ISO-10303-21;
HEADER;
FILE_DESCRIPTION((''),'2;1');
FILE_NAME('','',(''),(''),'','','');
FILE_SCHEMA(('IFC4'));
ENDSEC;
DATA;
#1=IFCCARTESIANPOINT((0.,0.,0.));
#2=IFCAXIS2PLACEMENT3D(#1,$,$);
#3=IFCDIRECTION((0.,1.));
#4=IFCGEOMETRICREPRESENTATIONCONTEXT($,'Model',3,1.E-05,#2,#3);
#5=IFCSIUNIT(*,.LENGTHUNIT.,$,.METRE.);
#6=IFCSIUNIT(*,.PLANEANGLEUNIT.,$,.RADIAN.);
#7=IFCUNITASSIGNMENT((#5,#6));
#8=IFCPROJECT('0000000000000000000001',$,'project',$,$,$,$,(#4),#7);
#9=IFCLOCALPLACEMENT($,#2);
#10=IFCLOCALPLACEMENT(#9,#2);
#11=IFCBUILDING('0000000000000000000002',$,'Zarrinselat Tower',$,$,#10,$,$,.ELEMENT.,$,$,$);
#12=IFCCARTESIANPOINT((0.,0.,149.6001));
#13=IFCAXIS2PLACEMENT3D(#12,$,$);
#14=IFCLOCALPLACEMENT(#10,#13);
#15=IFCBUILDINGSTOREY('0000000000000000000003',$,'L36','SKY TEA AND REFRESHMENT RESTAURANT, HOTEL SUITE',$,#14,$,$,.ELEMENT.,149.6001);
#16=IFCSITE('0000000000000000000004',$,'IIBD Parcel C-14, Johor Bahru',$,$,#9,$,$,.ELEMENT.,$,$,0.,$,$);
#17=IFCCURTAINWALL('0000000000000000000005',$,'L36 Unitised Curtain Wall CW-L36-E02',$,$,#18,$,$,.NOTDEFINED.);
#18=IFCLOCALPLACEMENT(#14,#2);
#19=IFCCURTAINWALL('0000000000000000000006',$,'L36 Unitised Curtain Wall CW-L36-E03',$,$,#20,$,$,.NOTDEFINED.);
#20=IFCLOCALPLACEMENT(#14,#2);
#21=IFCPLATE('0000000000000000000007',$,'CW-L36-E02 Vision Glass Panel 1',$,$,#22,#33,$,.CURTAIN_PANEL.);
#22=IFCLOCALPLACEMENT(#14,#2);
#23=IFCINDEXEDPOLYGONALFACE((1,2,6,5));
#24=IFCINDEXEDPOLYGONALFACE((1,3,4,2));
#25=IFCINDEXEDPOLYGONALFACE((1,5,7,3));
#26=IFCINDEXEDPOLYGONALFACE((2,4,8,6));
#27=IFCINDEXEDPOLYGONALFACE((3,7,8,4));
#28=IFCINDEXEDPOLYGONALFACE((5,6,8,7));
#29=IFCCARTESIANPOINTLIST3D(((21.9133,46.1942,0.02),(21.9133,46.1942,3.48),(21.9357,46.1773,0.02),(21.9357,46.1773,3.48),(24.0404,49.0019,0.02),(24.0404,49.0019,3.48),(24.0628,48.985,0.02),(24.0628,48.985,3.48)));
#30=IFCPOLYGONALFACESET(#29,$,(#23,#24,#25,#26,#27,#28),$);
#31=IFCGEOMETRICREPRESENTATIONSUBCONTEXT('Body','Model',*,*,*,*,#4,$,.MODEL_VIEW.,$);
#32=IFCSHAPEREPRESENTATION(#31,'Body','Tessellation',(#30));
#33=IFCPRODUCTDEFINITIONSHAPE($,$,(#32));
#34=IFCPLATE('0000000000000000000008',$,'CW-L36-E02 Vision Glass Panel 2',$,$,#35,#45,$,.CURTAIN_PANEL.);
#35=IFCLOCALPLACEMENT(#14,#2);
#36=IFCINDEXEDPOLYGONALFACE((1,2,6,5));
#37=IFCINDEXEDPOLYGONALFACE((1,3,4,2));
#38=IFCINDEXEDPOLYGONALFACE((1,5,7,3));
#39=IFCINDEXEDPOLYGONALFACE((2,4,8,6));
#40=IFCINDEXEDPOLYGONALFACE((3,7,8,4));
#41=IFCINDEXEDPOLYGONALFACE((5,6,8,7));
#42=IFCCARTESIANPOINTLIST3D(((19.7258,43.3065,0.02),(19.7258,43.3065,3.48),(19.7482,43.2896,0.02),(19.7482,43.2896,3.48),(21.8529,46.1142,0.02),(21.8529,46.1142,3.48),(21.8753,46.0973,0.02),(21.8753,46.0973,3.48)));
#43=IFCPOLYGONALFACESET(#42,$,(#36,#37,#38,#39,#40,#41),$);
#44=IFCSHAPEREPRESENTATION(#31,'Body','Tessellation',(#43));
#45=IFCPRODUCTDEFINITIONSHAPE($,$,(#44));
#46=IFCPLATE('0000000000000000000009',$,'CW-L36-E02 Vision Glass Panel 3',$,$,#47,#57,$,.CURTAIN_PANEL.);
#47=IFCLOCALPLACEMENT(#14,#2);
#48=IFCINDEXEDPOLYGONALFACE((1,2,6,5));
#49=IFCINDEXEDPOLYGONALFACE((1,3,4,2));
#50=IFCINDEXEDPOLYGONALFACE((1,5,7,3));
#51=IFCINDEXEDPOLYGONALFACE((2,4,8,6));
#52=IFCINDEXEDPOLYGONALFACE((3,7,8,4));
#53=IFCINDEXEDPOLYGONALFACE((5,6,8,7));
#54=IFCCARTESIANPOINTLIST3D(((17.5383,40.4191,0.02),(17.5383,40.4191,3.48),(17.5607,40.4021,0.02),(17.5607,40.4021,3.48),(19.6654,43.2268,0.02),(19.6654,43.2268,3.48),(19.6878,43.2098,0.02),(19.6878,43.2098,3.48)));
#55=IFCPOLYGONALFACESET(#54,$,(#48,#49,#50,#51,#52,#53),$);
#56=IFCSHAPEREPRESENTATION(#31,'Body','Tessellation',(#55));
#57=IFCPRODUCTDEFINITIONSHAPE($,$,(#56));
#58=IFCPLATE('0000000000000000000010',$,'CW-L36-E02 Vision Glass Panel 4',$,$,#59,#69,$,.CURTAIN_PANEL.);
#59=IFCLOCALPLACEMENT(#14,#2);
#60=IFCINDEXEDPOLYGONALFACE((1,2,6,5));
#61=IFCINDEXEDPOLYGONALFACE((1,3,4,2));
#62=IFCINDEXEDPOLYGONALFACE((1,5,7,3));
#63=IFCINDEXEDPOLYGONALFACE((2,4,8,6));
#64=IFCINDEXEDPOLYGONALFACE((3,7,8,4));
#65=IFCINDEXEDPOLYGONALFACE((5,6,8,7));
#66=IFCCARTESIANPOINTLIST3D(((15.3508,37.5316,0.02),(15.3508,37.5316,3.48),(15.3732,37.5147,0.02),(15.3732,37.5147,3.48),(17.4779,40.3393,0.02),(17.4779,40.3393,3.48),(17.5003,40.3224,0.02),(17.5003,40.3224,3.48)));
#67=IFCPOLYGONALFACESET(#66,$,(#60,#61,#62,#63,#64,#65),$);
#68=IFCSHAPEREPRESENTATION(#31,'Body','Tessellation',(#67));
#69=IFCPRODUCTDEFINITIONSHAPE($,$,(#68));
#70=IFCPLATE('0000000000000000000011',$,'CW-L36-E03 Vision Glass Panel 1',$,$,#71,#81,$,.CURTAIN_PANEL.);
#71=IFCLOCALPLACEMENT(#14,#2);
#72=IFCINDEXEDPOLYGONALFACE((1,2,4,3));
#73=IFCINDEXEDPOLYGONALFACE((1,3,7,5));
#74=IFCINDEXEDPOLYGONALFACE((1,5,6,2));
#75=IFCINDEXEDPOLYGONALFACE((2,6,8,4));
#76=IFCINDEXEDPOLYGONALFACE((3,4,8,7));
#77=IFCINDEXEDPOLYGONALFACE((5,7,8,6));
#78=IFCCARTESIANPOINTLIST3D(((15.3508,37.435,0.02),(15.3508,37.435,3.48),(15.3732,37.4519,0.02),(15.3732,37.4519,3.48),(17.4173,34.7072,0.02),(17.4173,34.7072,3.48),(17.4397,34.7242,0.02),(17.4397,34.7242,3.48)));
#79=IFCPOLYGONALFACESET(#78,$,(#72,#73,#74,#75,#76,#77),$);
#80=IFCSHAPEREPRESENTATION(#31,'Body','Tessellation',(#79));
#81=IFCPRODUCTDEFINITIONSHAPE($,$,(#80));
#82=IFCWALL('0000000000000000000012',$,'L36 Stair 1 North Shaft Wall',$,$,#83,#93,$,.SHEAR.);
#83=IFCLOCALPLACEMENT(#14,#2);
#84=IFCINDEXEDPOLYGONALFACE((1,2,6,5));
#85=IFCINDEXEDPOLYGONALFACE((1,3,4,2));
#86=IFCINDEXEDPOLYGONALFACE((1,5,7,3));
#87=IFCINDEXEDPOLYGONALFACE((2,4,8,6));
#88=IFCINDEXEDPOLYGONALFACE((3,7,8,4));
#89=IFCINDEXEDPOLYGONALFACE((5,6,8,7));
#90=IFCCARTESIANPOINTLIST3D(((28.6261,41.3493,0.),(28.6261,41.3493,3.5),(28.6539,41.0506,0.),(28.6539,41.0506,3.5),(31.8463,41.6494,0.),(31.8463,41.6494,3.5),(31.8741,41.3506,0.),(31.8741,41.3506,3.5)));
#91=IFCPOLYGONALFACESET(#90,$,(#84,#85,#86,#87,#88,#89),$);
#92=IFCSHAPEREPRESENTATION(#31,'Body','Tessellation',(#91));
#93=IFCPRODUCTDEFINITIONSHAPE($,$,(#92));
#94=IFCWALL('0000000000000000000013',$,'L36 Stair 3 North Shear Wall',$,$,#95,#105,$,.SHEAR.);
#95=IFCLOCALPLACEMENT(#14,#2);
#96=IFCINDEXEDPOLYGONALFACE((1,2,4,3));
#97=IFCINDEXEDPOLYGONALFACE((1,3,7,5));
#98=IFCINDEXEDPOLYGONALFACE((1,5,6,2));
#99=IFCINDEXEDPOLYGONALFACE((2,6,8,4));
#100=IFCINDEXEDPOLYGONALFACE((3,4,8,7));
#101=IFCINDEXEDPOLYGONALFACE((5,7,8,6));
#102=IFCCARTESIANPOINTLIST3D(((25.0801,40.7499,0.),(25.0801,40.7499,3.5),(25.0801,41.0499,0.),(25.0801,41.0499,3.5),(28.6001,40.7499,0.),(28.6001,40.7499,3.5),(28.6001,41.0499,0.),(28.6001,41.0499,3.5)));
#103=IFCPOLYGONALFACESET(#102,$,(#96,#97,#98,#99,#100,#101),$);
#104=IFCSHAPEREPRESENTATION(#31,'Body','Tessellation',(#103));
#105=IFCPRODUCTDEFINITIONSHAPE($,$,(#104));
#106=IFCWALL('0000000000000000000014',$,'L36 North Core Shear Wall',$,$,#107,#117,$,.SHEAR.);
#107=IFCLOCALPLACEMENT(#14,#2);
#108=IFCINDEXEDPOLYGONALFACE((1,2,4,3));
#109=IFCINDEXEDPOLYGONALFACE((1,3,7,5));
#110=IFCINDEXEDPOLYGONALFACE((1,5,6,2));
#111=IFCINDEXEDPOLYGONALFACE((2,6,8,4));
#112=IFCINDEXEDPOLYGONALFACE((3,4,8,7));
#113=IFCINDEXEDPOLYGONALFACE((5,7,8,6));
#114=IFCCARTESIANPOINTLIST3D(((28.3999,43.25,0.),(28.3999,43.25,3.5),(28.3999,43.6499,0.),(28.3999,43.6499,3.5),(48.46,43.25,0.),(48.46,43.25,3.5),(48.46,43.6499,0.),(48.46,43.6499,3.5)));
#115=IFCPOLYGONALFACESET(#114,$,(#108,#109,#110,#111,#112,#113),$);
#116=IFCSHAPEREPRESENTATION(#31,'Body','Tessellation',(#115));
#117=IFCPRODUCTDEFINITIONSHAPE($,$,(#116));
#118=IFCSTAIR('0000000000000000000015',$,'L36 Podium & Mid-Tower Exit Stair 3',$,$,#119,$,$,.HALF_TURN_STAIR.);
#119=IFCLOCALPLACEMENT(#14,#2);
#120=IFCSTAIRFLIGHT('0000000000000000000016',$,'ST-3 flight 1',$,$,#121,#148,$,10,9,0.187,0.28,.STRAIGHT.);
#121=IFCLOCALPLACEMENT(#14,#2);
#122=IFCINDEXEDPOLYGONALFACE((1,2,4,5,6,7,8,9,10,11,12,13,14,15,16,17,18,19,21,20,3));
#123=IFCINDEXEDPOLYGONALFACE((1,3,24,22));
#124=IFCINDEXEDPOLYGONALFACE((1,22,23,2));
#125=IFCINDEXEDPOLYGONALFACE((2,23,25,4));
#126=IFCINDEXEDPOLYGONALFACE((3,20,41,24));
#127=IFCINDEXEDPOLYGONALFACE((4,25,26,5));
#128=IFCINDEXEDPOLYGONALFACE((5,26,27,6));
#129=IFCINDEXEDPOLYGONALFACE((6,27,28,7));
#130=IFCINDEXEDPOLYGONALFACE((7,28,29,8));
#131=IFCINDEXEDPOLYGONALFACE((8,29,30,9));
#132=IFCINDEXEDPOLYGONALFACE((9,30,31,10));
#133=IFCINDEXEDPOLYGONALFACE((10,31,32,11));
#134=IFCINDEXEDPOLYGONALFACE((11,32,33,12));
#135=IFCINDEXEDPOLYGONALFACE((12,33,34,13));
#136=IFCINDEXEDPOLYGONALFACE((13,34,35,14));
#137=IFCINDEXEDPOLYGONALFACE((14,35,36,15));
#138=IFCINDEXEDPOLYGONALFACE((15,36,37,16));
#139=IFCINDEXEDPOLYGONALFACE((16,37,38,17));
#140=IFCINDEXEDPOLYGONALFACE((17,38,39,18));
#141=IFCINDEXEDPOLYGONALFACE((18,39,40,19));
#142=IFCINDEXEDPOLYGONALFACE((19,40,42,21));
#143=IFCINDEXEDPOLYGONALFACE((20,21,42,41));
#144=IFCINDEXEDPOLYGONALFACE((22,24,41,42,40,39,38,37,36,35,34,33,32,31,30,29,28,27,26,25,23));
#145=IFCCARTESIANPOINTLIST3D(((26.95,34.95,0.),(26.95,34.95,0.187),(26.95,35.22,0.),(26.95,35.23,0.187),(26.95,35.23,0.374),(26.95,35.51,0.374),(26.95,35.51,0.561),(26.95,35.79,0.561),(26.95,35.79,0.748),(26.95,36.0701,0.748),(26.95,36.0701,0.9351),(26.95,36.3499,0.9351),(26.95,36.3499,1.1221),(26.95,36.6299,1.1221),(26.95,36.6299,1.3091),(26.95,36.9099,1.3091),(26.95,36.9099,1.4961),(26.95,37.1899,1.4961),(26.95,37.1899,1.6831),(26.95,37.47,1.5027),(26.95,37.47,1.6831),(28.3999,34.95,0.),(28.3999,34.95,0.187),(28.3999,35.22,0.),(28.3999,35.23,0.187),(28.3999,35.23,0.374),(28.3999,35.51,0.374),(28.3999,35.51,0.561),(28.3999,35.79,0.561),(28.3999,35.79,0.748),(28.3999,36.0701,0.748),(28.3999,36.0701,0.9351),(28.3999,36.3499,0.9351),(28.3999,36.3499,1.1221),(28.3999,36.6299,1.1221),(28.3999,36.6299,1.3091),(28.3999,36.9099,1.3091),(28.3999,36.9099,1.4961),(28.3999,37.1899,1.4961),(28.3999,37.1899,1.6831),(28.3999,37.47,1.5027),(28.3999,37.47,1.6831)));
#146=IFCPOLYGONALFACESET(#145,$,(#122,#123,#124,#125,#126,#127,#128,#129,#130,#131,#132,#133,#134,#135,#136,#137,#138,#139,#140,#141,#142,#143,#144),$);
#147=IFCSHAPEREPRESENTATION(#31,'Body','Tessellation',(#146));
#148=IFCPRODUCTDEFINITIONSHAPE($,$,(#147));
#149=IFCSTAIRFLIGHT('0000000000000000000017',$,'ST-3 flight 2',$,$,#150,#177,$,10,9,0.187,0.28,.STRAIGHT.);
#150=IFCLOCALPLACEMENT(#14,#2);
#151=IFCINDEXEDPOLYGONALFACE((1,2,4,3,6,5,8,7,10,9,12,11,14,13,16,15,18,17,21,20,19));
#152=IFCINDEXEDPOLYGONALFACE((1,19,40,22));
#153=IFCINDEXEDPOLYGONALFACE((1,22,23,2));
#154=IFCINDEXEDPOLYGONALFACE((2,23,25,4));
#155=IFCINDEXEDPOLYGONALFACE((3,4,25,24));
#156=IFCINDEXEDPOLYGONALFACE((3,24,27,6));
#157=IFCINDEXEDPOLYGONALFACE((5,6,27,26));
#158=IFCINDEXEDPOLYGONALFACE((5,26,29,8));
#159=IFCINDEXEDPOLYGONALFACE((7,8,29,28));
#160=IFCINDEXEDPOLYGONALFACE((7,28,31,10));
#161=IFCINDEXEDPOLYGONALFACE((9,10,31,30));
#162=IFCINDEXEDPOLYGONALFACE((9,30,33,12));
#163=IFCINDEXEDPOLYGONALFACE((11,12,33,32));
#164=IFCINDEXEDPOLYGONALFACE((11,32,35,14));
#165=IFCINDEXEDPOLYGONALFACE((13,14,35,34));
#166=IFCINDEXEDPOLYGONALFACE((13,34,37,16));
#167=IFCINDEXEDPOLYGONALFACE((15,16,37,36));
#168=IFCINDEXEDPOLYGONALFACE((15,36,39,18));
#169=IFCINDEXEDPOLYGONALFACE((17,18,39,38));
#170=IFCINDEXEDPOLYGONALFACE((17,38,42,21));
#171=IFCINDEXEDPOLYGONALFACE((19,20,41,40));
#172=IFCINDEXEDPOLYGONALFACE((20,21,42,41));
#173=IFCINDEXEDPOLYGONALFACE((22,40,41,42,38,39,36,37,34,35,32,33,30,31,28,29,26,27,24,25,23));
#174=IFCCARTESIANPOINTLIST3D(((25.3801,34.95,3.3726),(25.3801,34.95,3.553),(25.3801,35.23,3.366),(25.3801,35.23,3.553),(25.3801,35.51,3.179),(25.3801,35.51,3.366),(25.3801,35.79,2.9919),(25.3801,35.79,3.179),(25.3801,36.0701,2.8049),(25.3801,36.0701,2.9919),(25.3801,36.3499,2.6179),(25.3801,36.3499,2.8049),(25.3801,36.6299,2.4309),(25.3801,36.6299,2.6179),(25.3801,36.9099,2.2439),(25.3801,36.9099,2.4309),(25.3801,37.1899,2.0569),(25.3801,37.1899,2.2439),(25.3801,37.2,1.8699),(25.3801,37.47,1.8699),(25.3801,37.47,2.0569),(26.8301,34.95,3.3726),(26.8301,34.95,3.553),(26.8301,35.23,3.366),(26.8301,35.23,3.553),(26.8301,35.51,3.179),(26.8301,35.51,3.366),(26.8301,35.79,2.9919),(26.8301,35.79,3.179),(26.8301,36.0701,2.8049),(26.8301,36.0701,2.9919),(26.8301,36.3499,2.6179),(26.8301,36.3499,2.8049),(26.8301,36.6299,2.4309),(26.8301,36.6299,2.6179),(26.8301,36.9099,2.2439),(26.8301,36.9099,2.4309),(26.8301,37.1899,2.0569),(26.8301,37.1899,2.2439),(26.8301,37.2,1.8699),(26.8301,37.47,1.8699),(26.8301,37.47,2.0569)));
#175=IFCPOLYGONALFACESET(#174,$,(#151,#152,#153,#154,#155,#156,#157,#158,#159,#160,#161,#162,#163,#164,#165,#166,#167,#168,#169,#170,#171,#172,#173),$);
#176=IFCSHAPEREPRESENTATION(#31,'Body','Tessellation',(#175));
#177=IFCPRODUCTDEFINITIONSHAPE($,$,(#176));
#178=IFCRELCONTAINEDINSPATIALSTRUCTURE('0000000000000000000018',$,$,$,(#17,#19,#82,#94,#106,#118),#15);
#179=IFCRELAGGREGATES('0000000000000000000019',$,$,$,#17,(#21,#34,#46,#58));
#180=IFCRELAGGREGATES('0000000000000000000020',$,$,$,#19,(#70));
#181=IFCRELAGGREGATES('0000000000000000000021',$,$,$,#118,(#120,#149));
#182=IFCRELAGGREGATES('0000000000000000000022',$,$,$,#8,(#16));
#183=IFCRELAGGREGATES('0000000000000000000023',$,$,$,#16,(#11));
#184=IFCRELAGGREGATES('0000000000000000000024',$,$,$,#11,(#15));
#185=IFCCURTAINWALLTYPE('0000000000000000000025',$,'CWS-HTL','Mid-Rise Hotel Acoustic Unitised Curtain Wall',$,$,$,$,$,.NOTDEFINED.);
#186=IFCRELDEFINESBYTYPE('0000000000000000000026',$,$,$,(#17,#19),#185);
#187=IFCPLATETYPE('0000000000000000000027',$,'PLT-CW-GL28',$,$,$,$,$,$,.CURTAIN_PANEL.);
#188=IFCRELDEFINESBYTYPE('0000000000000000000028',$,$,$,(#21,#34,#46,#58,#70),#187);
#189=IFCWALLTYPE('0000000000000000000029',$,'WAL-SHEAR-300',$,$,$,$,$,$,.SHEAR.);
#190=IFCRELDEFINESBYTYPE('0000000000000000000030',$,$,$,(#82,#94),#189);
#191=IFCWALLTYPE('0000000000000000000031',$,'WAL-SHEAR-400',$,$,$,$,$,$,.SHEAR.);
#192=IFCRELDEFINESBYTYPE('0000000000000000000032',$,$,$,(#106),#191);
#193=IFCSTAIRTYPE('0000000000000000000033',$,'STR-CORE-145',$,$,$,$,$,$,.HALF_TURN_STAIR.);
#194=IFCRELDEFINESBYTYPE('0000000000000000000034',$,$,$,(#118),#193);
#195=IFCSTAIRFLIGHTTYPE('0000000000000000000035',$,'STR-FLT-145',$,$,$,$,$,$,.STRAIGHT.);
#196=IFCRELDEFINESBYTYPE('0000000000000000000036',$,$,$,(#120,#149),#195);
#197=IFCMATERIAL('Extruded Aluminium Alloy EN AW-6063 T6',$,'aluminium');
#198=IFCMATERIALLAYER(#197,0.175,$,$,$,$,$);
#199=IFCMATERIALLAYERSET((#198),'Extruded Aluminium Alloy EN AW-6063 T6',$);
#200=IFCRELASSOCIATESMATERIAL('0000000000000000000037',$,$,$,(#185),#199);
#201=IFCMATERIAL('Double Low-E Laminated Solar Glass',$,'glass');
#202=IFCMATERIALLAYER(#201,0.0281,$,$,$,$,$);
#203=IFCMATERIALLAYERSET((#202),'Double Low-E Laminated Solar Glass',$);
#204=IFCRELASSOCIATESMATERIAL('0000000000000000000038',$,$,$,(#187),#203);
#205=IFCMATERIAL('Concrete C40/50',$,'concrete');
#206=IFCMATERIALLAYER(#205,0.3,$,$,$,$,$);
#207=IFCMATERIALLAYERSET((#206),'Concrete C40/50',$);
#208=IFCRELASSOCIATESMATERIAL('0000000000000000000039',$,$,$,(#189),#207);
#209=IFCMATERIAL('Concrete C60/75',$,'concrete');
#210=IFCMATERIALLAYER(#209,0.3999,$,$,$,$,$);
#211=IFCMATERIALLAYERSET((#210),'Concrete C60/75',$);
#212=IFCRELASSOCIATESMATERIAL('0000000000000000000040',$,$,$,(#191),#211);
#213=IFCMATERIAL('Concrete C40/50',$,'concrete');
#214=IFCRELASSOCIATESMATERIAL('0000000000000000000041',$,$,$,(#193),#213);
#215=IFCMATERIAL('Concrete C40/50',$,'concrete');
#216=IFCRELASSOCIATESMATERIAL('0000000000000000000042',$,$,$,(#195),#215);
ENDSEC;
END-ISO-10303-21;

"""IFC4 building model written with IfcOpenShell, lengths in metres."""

from ifc_helpers import new_model, si_unit, direction, frame, frame_2d, origin, origin_2d, place, context, subcontext, project, spatial, polyline, rectangle, outline, extrude, material, layer, layer_set, type_object, element, aggregate, save


model = new_model("IFC4")

# Units and contexts
model_context = context("Model", 3, precision=1e-05, world=origin(), true_north=direction((0.0, 1.0)))
body_context = subcontext(model_context, "Body", "Model", "MODEL_VIEW")
ifc_project = project(units=[si_unit("LENGTHUNIT", "METRE"), si_unit("PLANEANGLEUNIT", "RADIAN")], contexts=[model_context])

# Site, building, storey
site_placement = place(None, origin())
site = spatial("IfcSite", under=ifc_project, at=site_placement, Name="IIBD Parcel C-14, Johor Bahru", CompositionType="ELEMENT", RefElevation=0.0)
building_placement = place(site_placement, origin())
building = spatial("IfcBuilding", under=site, at=building_placement, Name="Zarrinselat Tower", CompositionType="ELEMENT")
storey_placement = place(building_placement, frame((0.0, 0.0, 149.6001)))
storey = spatial("IfcBuildingStorey", under=building, at=storey_placement, Name="L36", Description="SKY TEA AND REFRESHMENT RESTAURANT, HOTEL SUITE", CompositionType="ELEMENT", Elevation=149.6001)

# Curtain wall
ifc_material_1 = material(Name="Extruded Aluminium Alloy EN AW-6063 T6", Category="aluminium")
ifc_layer_1 = layer(ifc_material_1, 0.175)
ifc_layer_set_1 = layer_set([ifc_layer_1], Name="Extruded Aluminium Alloy EN AW-6063 T6")
curtain_wall_type = type_object("IfcCurtainWallType", Name="CWS-HTL", Description="Mid-Rise Hotel Acoustic Unitised Curtain Wall", PredefinedType="NOTDEFINED", material=ifc_layer_set_1)
curtain_wall_1_placement = place(storey_placement, origin())
curtain_wall_1 = element("IfcCurtainWall", 1, at=curtain_wall_1_placement, inside=storey, type_object=curtain_wall_type, Name="L36 Unitised Curtain Wall CW-L36-E02", PredefinedType="NOTDEFINED")

# Curtain wall
curtain_wall_2_placement = place(storey_placement, origin())
curtain_wall_2 = element("IfcCurtainWall", 2, at=curtain_wall_2_placement, inside=storey, type_object=curtain_wall_type, Name="L36 Unitised Curtain Wall CW-L36-E03", PredefinedType="NOTDEFINED")

# Plates
ifc_material_2 = material(Name="Double Low-E Laminated Solar Glass", Category="glass")
ifc_layer_2 = layer(ifc_material_2, 0.0281)
ifc_layer_set_2 = layer_set([ifc_layer_2], Name="Double Low-E Laminated Solar Glass")
plate_type = type_object("IfcPlateType", Name="PLT-CW-GL28", PredefinedType="CURTAIN_PANEL", material=ifc_layer_set_2)
plate_1_placement = place(storey_placement, frame((22.988, 47.5896, 0.02), z_axis=(0.0, 0.0, 1.0), x_axis=(-0.603858, -0.797092, 0.0)))
plate_1 = element("IfcPlate", 3, at=plate_1_placement, type_object=plate_type, Name="CW-L36-E02 Vision Glass Panel 1", PredefinedType="CURTAIN_PANEL", context=body_context, shape_type="SweptSolid", body=[
    extrude(rectangle(XDim=3.5225, YDim=0.0281, at=origin_2d()), origin(), (0.0, 0.0, 1.0), 3.46),
])
plate_2_placement = place(storey_placement, frame((20.8005, 44.7019, 0.02), z_axis=(0.0, 0.0, 1.0), x_axis=(-0.603858, -0.797092, 0.0)))
plate_2 = element("IfcPlate", 4, at=plate_2_placement, type_object=plate_type, Name="CW-L36-E02 Vision Glass Panel 2", PredefinedType="CURTAIN_PANEL", context=body_context, shape_type="SweptSolid", body=[
    extrude(rectangle(XDim=3.5225, YDim=0.0281, at=origin_2d()), origin(), (0.0, 0.0, 1.0), 3.46),
])
plate_3_placement = place(storey_placement, frame((18.613, 41.8145, 0.02), z_axis=(0.0, 0.0, 1.0), x_axis=(-0.603858, -0.797092, 0.0)))
plate_3 = element("IfcPlate", 5, at=plate_3_placement, type_object=plate_type, Name="CW-L36-E02 Vision Glass Panel 3", PredefinedType="CURTAIN_PANEL", context=body_context, shape_type="SweptSolid", body=[
    extrude(rectangle(XDim=3.5225, YDim=0.0281, at=origin_2d()), origin(), (0.0, 0.0, 1.0), 3.46),
])
plate_4_placement = place(storey_placement, frame((16.4255, 38.927, 0.02), z_axis=(0.0, 0.0, 1.0), x_axis=(-0.603858, -0.797092, 0.0)))
plate_4 = element("IfcPlate", 6, at=plate_4_placement, type_object=plate_type, Name="CW-L36-E02 Vision Glass Panel 4", PredefinedType="CURTAIN_PANEL", context=body_context, shape_type="SweptSolid", body=[
    extrude(rectangle(XDim=3.5225, YDim=0.0281, at=origin_2d()), origin(), (0.0, 0.0, 1.0), 3.46),
])
aggregate(curtain_wall_1, [plate_1, plate_2, plate_3, plate_4])
plate_5_placement = place(storey_placement, frame((16.3953, 36.0796, 0.02), z_axis=(0.0, 0.0, 1.0), x_axis=(0.603857, -0.797093, 0.0)))
plate_5 = element("IfcPlate", 7, at=plate_5_placement, type_object=plate_type, Name="CW-L36-E03 Vision Glass Panel 1", PredefinedType="CURTAIN_PANEL", context=body_context, shape_type="SweptSolid", body=[
    extrude(rectangle(XDim=3.4221, YDim=0.0281, at=origin_2d()), origin(), (0.0, 0.0, 1.0), 3.46),
])
aggregate(curtain_wall_2, [plate_5])

# Walls
ifc_material_3 = material(Name="Concrete C40/50", Category="concrete")
ifc_layer_3 = layer(ifc_material_3, 0.3)
ifc_layer_set_3 = layer_set([ifc_layer_3], Name="Concrete C40/50")
wall_type_1 = type_object("IfcWallType", Name="WAL-SHEAR-300", PredefinedType="SHEAR", material=ifc_layer_set_3)
wall_1_placement = place(storey_placement, frame((28.6399, 41.2, 0.0), z_axis=(0.0, 0.0, 1.0), x_axis=(0.995687, 0.092775, 0.0)))
element("IfcWall", 8, at=wall_1_placement, inside=storey, type_object=wall_type_1, Name="L36 Stair 1 North Shaft Wall", PredefinedType="SHEAR", context=body_context, shape_type="SweptSolid", body=[
    extrude(rectangle(XDim=3.2341, YDim=0.3, at=frame_2d((1.6172, 0.0))), origin(), (0.0, 0.0, 1.0), 3.5),
])
wall_2_placement = place(storey_placement, frame((25.0801, 40.8999, 0.0), z_axis=(0.0, 0.0, 1.0), x_axis=(1.0, 0.0, 0.0)))
element("IfcWall", 9, at=wall_2_placement, inside=storey, type_object=wall_type_1, Name="L36 Stair 3 North Shear Wall", PredefinedType="SHEAR", context=body_context, shape_type="SweptSolid", body=[
    extrude(rectangle(XDim=3.52, YDim=0.3, at=frame_2d((1.76, 0.0))), origin(), (0.0, 0.0, 1.0), 3.5),
])
ifc_material_4 = material(Name="Concrete C60/75", Category="concrete")
ifc_layer_4 = layer(ifc_material_4, 0.3999)
ifc_layer_set_4 = layer_set([ifc_layer_4], Name="Concrete C60/75")
wall_type_2 = type_object("IfcWallType", Name="WAL-SHEAR-400", PredefinedType="SHEAR", material=ifc_layer_set_4)
wall_3_placement = place(storey_placement, frame((28.3999, 43.45, 0.0), z_axis=(0.0, 0.0, 1.0), x_axis=(1.0, 0.0, 0.0)))
element("IfcWall", 10, at=wall_3_placement, inside=storey, type_object=wall_type_2, Name="L36 North Core Shear Wall", PredefinedType="SHEAR", context=body_context, shape_type="SweptSolid", body=[
    extrude(rectangle(XDim=20.0601, YDim=0.3999, at=frame_2d((10.03, 0.0))), origin(), (0.0, 0.0, 1.0), 3.5),
])

# Stair, stair flights
ifc_material_5 = material(Name="Concrete C40/50", Category="concrete")
stair_type = type_object("IfcStairType", Name="STR-CORE-145", PredefinedType="HALF_TURN_STAIR", material=ifc_material_5)
stair_placement = place(storey_placement, origin())
stair = element("IfcStair", 11, at=stair_placement, inside=storey, type_object=stair_type, Name="L36 Podium & Mid-Tower Exit Stair 3", PredefinedType="HALF_TURN_STAIR")
ifc_material_6 = material(Name="Concrete C40/50", Category="concrete")
stair_flight_type = type_object("IfcStairFlightType", Name="STR-FLT-145", PredefinedType="STRAIGHT", material=ifc_material_6)
stair_flight_1_placement = place(storey_placement, frame((27.675, 34.95, 0.0), z_axis=(0.0, 0.0, 1.0), x_axis=(0.0, 1.0, 0.0)))
stair_flight_1 = element("IfcStairFlight", 12, at=stair_flight_1_placement, type_object=stair_flight_type, Name="ST-3 flight 1", NumberOfRisers=10, NumberOfTreads=9, PredefinedType="STRAIGHT", RiserHeight=0.187, TreadLength=0.28, context=body_context, shape_type="SweptSolid", body=[
    extrude(outline(polyline([(0.0, 0.0), (0.0, 0.187), (0.28, 0.187), (0.28, 0.374), (0.5601, 0.374), (0.5601, 0.561), (0.8401, 0.561), (0.8401, 0.748), (1.1201, 0.748), (1.1201, 0.9351), (1.3999, 0.9351), (1.3999, 1.1221), (1.6799, 1.1221), (1.6799, 1.3091), (1.96, 1.3091), (1.96, 1.4961), (2.24, 1.4961), (2.24, 1.6831), (2.52, 1.6831), (2.52, 1.8701), (2.52, 1.5027), (0.27, 0.0), (0.0, 0.0)])), frame((0.0, 0.7251, 0.0), z_axis=(0.0, -1.0, 0.0), x_axis=(1.0, 0.0, 0.0)), (0.0, 0.0, 1.0), 1.45),
])
stair_flight_2_placement = place(storey_placement, frame((26.105, 37.47, 1.8699), z_axis=(0.0, 0.0, 1.0), x_axis=(0.0, -1.0, 0.0)))
stair_flight_2 = element("IfcStairFlight", 13, at=stair_flight_2_placement, type_object=stair_flight_type, Name="ST-3 flight 2", NumberOfRisers=10, NumberOfTreads=9, PredefinedType="STRAIGHT", RiserHeight=0.187, TreadLength=0.28, context=body_context, shape_type="SweptSolid", body=[
    extrude(outline(polyline([(0.0, 0.0), (0.0, 0.187), (0.28, 0.187), (0.28, 0.374), (0.5601, 0.374), (0.5601, 0.561), (0.8401, 0.561), (0.8401, 0.748), (1.1201, 0.748), (1.1201, 0.9351), (1.3999, 0.9351), (1.3999, 1.1221), (1.6799, 1.1221), (1.6799, 1.3091), (1.96, 1.3091), (1.96, 1.4961), (2.24, 1.4961), (2.24, 1.6831), (2.52, 1.6831), (2.52, 1.8701), (2.52, 1.5027), (0.27, 0.0), (0.0, 0.0)])), frame((0.0, 0.7251, 0.0), z_axis=(0.0, -1.0, 0.0), x_axis=(1.0, 0.0, 0.0)), (0.0, 0.0, 1.0), 1.45),
])
aggregate(stair, [stair_flight_1, stair_flight_2])

save(model, "model.ifc")
